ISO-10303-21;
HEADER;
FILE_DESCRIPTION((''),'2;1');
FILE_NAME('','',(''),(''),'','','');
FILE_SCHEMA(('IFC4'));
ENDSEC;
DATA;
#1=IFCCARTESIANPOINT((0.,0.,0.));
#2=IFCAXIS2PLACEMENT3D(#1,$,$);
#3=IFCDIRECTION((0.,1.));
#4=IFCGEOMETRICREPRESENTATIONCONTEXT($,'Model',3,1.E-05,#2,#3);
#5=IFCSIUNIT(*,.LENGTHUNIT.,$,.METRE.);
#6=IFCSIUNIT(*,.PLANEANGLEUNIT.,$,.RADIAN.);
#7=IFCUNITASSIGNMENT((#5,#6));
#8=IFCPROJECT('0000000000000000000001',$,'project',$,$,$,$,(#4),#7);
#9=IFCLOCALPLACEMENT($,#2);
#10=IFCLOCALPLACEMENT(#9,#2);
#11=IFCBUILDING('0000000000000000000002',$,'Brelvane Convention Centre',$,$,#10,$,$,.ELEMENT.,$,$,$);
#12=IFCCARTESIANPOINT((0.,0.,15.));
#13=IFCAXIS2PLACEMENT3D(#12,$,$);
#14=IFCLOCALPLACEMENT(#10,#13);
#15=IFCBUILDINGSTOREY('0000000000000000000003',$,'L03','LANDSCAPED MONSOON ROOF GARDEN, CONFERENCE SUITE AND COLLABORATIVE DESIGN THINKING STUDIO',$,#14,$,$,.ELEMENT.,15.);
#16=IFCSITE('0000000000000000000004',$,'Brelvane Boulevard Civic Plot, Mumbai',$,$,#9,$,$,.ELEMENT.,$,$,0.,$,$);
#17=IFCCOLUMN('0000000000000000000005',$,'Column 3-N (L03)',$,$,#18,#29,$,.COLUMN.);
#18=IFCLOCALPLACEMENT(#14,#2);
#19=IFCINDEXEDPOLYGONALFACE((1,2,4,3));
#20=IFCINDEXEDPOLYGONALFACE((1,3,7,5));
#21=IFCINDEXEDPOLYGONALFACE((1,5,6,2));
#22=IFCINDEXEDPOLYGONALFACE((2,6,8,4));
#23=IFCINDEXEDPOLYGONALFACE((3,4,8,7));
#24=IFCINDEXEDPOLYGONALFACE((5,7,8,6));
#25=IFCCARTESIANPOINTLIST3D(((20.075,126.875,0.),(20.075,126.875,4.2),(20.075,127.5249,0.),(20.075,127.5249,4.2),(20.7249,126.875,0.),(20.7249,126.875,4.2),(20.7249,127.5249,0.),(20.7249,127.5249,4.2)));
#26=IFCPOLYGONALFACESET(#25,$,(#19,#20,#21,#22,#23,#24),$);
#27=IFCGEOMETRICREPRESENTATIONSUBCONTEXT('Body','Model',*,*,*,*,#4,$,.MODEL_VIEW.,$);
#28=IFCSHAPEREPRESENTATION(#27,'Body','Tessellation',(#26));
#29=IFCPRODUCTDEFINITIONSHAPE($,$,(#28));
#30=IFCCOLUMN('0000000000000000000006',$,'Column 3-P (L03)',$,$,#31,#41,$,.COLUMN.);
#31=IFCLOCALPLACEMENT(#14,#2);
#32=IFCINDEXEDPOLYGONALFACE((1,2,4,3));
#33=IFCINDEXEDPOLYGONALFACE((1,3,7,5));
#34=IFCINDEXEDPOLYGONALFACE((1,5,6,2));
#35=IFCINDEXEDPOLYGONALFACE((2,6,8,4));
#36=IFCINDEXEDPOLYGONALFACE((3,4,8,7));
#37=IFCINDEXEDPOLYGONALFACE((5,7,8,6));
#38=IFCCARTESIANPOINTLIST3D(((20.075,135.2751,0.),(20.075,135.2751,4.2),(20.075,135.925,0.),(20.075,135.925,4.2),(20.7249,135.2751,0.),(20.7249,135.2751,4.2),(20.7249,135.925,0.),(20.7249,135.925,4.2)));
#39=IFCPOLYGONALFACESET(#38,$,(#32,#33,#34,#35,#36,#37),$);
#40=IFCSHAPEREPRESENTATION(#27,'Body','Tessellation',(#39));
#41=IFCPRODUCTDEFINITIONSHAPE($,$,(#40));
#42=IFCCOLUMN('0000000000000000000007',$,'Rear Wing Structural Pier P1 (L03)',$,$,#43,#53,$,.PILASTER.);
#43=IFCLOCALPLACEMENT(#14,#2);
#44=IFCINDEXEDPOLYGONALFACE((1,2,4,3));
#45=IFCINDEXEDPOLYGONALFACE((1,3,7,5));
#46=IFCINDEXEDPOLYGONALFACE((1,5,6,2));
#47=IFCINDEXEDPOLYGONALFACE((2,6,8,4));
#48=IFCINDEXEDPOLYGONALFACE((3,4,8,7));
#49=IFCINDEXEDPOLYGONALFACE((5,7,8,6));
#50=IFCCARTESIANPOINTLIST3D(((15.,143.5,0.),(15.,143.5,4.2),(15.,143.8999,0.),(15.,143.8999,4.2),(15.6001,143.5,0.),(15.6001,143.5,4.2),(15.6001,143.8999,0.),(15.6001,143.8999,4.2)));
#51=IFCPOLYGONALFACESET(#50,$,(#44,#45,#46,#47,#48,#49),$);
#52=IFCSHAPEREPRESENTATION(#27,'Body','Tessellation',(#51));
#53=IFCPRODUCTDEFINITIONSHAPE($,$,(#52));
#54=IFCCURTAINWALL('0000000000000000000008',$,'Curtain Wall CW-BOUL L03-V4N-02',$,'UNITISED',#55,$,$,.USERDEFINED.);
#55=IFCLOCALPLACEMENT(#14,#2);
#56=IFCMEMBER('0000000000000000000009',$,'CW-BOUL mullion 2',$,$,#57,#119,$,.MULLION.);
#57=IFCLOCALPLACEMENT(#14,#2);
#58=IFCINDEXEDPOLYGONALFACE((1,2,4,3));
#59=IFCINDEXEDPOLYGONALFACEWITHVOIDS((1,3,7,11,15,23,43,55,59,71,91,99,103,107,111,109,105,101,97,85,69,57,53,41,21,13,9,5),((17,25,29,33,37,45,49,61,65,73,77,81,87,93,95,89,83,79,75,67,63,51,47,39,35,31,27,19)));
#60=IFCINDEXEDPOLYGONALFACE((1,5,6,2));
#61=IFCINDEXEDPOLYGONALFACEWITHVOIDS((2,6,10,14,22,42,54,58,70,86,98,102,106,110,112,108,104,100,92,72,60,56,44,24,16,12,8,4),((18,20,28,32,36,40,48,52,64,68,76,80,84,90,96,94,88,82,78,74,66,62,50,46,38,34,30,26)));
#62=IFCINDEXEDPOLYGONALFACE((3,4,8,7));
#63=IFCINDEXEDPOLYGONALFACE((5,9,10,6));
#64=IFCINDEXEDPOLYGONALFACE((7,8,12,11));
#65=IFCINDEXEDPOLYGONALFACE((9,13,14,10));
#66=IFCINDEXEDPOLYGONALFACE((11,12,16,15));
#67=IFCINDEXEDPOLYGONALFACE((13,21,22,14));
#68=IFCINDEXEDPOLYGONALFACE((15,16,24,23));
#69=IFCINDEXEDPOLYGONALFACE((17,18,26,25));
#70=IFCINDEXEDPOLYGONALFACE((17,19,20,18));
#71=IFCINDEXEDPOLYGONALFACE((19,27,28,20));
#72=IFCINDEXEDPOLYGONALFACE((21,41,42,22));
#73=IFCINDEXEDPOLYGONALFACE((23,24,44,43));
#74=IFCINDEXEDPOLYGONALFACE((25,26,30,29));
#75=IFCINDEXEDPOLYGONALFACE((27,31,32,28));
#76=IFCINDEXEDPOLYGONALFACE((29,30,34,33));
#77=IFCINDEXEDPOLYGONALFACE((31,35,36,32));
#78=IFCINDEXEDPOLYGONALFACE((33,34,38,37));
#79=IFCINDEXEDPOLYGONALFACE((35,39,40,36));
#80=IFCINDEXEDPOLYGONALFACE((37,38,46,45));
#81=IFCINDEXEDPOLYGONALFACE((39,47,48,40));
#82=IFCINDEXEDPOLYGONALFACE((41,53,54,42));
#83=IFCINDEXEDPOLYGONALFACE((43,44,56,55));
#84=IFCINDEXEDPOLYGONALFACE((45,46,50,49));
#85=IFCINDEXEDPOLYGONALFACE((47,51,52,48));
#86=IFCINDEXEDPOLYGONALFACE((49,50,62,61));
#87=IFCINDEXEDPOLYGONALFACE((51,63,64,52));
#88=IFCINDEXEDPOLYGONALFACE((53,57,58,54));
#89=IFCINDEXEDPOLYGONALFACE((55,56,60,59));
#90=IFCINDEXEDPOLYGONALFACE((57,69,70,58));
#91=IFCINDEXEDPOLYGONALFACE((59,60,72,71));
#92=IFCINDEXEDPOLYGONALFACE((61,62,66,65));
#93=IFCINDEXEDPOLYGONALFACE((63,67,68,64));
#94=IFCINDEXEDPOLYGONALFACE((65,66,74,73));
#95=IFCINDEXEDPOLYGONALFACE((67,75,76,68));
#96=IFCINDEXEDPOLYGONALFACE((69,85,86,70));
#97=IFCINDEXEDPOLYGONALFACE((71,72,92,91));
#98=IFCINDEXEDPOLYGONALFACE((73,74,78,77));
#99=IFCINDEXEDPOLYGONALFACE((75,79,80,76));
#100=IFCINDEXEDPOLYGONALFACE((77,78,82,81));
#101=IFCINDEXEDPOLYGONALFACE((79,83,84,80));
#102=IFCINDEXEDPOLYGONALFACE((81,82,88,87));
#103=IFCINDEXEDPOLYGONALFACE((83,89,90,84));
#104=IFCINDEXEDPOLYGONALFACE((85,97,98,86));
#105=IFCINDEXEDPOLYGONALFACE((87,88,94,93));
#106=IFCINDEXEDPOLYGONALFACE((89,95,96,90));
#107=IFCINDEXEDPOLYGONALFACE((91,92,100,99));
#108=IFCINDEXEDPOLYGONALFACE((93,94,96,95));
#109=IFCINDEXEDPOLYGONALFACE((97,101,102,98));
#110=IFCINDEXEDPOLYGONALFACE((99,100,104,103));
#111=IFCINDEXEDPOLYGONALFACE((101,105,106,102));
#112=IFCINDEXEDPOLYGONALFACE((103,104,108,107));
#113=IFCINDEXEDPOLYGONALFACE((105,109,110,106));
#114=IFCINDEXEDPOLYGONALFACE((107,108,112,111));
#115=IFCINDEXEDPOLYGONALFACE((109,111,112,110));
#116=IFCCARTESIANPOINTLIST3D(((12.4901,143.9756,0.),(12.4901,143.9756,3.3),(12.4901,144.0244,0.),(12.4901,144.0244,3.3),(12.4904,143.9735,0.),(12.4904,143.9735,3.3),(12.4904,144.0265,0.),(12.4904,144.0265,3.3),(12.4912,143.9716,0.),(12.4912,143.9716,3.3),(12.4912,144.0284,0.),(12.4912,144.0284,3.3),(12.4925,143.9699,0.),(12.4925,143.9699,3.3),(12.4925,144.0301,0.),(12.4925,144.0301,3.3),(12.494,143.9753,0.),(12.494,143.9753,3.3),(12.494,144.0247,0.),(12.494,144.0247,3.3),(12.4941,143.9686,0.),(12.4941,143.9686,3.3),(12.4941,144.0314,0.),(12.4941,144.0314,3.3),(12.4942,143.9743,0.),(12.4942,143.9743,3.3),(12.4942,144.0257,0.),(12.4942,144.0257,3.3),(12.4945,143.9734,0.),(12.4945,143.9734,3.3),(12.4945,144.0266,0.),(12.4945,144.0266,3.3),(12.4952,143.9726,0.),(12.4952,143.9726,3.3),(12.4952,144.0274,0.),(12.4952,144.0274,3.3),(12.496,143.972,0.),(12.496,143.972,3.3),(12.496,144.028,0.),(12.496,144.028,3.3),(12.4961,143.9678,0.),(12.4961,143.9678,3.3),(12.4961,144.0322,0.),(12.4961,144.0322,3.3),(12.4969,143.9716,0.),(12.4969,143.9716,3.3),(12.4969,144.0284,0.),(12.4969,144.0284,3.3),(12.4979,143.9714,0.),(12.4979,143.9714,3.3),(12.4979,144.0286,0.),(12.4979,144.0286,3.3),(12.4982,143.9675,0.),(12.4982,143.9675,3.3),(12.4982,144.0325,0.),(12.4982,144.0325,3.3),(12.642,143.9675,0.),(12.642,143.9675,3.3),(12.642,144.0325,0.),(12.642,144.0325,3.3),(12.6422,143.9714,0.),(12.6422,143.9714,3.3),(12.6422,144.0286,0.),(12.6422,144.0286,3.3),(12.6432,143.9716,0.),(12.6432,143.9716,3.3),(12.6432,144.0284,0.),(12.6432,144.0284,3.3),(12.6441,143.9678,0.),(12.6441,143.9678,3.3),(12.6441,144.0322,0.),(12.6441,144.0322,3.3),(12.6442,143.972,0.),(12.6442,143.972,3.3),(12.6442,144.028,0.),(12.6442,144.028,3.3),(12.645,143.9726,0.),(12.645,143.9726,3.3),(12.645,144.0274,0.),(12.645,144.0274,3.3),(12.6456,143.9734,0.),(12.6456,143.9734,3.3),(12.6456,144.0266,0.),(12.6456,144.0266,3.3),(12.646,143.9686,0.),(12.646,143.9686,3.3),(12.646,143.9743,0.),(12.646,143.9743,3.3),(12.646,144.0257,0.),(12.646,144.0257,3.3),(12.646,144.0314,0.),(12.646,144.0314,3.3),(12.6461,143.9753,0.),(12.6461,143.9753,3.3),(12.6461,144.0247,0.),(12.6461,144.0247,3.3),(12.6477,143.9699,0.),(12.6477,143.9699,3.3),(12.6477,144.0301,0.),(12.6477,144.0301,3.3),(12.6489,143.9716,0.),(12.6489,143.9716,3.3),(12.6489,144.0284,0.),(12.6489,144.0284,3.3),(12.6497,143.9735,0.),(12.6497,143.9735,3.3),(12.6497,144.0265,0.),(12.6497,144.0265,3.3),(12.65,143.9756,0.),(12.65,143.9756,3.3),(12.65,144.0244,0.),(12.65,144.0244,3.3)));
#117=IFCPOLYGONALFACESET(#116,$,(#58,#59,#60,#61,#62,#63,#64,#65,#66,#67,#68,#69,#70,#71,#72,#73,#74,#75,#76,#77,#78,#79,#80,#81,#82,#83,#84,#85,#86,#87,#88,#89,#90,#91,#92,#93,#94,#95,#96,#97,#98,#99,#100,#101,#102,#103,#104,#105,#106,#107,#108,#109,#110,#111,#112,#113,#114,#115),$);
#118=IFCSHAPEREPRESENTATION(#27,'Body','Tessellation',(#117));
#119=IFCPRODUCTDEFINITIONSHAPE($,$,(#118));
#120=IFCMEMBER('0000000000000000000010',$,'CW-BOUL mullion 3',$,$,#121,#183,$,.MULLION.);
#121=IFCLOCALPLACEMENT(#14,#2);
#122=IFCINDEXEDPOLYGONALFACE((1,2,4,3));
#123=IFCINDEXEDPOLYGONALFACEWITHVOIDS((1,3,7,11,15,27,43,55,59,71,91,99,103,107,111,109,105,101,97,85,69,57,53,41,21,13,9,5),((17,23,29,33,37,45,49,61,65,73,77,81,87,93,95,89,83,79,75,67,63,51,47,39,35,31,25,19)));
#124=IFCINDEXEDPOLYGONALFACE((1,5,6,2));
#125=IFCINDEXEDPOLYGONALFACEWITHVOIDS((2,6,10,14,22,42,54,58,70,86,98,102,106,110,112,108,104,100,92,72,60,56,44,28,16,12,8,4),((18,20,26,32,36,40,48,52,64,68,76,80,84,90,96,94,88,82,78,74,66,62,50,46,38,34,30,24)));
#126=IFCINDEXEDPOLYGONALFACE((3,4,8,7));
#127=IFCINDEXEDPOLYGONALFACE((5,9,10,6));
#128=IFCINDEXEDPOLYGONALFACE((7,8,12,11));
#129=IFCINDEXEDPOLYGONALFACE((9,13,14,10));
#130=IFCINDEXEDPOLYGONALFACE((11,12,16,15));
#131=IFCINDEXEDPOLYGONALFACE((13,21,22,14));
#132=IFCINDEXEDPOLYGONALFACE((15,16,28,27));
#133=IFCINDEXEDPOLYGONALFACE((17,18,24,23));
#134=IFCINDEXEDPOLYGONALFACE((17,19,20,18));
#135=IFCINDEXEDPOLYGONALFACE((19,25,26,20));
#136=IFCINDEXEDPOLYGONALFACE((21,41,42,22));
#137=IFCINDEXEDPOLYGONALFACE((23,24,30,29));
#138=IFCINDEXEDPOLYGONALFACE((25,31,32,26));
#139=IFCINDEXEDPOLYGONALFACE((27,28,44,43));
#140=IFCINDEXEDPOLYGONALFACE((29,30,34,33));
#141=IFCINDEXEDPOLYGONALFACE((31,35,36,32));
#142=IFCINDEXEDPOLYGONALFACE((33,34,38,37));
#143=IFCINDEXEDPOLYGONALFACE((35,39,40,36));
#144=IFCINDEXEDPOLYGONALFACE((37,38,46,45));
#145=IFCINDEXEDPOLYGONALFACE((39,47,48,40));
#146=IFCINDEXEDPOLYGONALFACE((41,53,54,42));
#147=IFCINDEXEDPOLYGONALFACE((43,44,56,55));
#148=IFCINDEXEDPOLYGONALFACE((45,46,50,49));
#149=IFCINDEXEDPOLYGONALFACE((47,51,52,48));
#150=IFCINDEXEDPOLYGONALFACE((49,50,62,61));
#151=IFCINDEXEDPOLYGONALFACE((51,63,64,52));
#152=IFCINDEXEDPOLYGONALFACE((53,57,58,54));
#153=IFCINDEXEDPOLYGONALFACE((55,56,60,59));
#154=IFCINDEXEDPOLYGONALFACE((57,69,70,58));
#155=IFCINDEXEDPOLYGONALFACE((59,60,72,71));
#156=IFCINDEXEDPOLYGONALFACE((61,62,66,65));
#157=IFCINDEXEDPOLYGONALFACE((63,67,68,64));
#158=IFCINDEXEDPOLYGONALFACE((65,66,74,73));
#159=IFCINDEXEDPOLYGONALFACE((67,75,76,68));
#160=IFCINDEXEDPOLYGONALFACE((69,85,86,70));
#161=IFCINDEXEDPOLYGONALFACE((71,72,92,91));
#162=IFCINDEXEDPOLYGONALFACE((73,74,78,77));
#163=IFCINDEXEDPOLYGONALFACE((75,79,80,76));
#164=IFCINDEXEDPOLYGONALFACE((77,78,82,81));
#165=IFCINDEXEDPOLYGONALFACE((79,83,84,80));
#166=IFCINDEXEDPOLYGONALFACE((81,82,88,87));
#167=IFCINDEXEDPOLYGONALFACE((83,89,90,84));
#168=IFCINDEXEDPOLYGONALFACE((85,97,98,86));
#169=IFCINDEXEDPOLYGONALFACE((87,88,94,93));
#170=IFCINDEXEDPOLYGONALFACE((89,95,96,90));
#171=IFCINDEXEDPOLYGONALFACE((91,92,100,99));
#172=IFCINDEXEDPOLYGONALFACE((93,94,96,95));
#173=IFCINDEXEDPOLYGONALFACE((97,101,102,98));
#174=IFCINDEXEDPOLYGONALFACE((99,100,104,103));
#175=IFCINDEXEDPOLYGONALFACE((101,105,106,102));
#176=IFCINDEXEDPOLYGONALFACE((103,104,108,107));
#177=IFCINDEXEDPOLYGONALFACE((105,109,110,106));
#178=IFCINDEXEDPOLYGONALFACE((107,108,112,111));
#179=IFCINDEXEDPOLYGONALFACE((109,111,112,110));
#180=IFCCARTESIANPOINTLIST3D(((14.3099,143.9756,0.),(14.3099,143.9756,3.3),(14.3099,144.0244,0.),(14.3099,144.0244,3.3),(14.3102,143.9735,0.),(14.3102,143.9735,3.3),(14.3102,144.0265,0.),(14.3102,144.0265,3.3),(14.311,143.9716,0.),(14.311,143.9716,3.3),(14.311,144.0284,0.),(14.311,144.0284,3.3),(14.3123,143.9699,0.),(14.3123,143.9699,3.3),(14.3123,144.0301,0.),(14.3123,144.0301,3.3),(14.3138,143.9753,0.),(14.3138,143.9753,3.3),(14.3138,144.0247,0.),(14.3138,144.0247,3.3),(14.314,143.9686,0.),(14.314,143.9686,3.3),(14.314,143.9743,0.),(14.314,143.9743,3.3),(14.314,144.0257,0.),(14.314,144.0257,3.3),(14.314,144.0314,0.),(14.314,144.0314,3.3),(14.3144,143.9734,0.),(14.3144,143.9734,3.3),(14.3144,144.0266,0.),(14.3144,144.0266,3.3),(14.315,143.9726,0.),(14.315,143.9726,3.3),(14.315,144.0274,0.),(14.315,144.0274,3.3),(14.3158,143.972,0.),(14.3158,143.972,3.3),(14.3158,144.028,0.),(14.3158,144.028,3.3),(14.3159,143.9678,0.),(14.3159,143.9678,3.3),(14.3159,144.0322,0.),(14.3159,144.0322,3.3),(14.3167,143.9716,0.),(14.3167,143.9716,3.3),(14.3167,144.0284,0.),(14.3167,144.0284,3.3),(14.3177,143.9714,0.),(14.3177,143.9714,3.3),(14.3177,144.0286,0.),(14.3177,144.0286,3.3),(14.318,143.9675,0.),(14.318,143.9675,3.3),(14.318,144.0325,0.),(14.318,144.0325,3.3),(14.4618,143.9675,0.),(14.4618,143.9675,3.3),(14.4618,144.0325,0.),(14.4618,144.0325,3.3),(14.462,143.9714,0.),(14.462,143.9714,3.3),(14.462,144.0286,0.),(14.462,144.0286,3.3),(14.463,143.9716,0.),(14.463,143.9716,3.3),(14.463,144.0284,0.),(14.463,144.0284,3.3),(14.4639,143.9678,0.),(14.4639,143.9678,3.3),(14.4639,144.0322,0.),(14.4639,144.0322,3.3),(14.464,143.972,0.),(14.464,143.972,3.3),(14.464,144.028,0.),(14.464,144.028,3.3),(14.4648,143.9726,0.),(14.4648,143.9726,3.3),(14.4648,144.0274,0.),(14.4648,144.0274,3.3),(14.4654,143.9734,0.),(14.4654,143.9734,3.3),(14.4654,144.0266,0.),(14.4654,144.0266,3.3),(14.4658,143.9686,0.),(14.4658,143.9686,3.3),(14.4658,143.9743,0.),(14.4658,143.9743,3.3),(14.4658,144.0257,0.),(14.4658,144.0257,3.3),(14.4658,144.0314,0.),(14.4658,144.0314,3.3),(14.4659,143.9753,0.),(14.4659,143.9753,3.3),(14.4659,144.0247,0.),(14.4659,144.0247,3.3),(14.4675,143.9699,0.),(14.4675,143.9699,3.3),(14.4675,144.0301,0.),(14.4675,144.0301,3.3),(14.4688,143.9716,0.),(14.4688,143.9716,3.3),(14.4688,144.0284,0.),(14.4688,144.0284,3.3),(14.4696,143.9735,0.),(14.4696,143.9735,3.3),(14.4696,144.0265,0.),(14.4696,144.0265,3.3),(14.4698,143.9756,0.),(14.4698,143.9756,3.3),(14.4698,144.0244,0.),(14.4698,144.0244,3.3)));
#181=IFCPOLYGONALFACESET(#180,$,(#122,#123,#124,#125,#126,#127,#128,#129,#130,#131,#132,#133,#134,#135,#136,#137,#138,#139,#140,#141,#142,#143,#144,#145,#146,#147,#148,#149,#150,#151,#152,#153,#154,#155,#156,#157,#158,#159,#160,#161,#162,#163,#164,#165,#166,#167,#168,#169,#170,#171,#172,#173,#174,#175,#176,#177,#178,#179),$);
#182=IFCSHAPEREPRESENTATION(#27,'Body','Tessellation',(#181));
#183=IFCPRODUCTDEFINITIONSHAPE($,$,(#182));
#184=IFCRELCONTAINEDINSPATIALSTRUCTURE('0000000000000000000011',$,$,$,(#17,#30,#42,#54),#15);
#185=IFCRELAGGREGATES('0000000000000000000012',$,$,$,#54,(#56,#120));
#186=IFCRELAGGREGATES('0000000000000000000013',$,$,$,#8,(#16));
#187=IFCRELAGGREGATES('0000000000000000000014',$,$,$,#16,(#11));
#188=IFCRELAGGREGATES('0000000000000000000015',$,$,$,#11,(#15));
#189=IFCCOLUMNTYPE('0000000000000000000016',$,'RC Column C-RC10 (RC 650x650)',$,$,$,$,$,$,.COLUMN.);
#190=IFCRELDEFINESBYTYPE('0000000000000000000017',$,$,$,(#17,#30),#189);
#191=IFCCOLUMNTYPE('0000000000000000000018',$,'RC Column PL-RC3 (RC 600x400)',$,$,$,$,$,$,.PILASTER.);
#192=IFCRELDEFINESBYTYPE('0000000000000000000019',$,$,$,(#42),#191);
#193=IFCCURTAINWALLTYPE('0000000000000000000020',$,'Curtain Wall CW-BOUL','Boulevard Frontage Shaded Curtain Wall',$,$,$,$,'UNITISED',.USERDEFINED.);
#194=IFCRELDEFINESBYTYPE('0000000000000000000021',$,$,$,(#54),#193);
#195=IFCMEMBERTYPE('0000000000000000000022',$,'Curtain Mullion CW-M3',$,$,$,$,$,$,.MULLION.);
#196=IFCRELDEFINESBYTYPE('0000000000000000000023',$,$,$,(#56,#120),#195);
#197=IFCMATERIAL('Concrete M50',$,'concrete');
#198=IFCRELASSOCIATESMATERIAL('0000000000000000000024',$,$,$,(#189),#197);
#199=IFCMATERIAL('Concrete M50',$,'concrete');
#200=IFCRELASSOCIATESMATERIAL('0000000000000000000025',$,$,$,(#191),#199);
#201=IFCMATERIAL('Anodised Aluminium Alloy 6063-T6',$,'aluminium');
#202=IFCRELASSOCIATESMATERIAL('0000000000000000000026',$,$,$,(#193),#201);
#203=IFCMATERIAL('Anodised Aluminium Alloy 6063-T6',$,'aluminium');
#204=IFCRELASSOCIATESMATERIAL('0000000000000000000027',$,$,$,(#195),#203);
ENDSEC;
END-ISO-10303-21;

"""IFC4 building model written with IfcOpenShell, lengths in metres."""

from ifc_helpers import new_model, si_unit, direction, frame, origin, origin_2d, place, context, subcontext, project, spatial, rectangle, hollow_rectangle, extrude, material, material_profile, profile_set, type_object, element, aggregate, save


model = new_model("IFC4")

# Units and contexts
model_context = context("Model", 3, precision=1e-05, world=origin(), true_north=direction((0.0, 1.0)))
body_context = subcontext(model_context, "Body", "Model", "MODEL_VIEW")
ifc_project = project(units=[si_unit("LENGTHUNIT", "METRE"), si_unit("PLANEANGLEUNIT", "RADIAN")], contexts=[model_context])

# Site, building, storey
site_placement = place(None, origin())
site = spatial("IfcSite", under=ifc_project, at=site_placement, Name="Brelvane Boulevard Civic Plot, Mumbai", CompositionType="ELEMENT", RefElevation=0.0)
building_placement = place(site_placement, origin())
building = spatial("IfcBuilding", under=site, at=building_placement, Name="Brelvane Convention Centre", CompositionType="ELEMENT")
storey_placement = place(building_placement, frame((0.0, 0.0, 15.0)))
storey = spatial("IfcBuildingStorey", under=building, at=storey_placement, Name="L03", Description="LANDSCAPED MONSOON ROOF GARDEN, CONFERENCE SUITE AND COLLABORATIVE DESIGN THINKING STUDIO", CompositionType="ELEMENT", Elevation=15.0)

# Columns
ifc_material_1 = material(Name="Concrete M50", Category="concrete")
ifc_material_profile_1 = material_profile(ifc_material_1, rectangle(XDim=0.6499, YDim=0.6499, at=origin_2d()), Name="RC 650x650")
ifc_profile_set_1 = profile_set([ifc_material_profile_1], Name="Concrete M50")
column_type_1 = type_object("IfcColumnType", Name="RC Column C-RC10 (RC 650x650)", PredefinedType="COLUMN", material=ifc_profile_set_1)
for number, where, z_axis, x_axis, name in (
    (1, (20.3999, 127.2, 0.0), (0.0, 0.0, 1.0), (1.0, 0.0, 0.0), "Column 3-N (L03)"),
    (2, (20.3999, 135.6001, 0.0), (0.0, 0.0, 1.0), (1.0, 0.0, 0.0), "Column 3-P (L03)"),
):
    element("IfcColumn", number, at=place(storey_placement, frame(where, z_axis=z_axis, x_axis=x_axis)), inside=storey, type_object=column_type_1, Name=name, PredefinedType="COLUMN", context=body_context, shape_type="SweptSolid", body=[
        extrude(rectangle(XDim=0.6499, YDim=0.6499, at=origin_2d()), origin(), (0.0, 0.0, 1.0), 4.2),
    ])
ifc_material_2 = material(Name="Concrete M50", Category="concrete")
ifc_material_profile_2 = material_profile(ifc_material_2, rectangle(XDim=0.6001, YDim=0.3999, at=origin_2d()), Name="RC 600x400")
ifc_profile_set_2 = profile_set([ifc_material_profile_2], Name="Concrete M50")
column_type_2 = type_object("IfcColumnType", Name="RC Column PL-RC3 (RC 600x400)", PredefinedType="PILASTER", material=ifc_profile_set_2)
column_placement = place(storey_placement, frame((15.3, 143.7, 0.0), z_axis=(0.0, 0.0, 1.0), x_axis=(1.0, 0.0, 0.0)))
element("IfcColumn", 3, at=column_placement, inside=storey, type_object=column_type_2, Name="Rear Wing Structural Pier P1 (L03)", PredefinedType="PILASTER", context=body_context, shape_type="SweptSolid", body=[
    extrude(rectangle(XDim=0.6001, YDim=0.3999, at=origin_2d()), origin(), (0.0, 0.0, 1.0), 4.2),
])

# Curtain wall, members
ifc_material_3 = material(Name="Anodised Aluminium Alloy 6063-T6", Category="aluminium")
curtain_wall_type = type_object("IfcCurtainWallType", Name="Curtain Wall CW-BOUL", Description="Boulevard Frontage Shaded Curtain Wall", ElementType="UNITISED", PredefinedType="USERDEFINED", material=ifc_material_3)
curtain_wall_placement = place(storey_placement, origin())
curtain_wall = element("IfcCurtainWall", 4, at=curtain_wall_placement, inside=storey, type_object=curtain_wall_type, Name="Curtain Wall CW-BOUL L03-V4N-02", ObjectType="UNITISED", PredefinedType="USERDEFINED")
ifc_material_4 = material(Name="Anodised Aluminium Alloy 6063-T6", Category="aluminium")
ifc_material_profile_3 = material_profile(ifc_material_4, hollow_rectangle(XDim=0.0649, YDim=0.1599, WallThickness=0.0039, InnerFilletRadius=0.0039, OuterFilletRadius=0.0081, at=origin_2d()), Name="ALU-M 160x65x4.0")
ifc_profile_set_3 = profile_set([ifc_material_profile_3], Name="Anodised Aluminium Alloy 6063-T6")
member_type_1 = type_object("IfcMemberType", Name="Curtain Mullion CW-M3", PredefinedType="MULLION", material=ifc_profile_set_3)
member_1_placement = place(storey_placement, frame((12.5701, 144.0, 0.0), z_axis=(0.0, 0.0, 1.0), x_axis=(0.0, 1.0, 0.0)))
member_1 = element("IfcMember", 5, at=member_1_placement, type_object=member_type_1, Name="CW-BOUL mullion 2", PredefinedType="MULLION", context=body_context, shape_type="SweptSolid", body=[
    extrude(hollow_rectangle(XDim=0.0649, YDim=0.1599, WallThickness=0.0039, InnerFilletRadius=0.0039, OuterFilletRadius=0.0081, at=origin_2d()), origin(), (0.0, 0.0, 1.0), 3.3),
])
member_2_placement = place(storey_placement, frame((14.3899, 144.0, 0.0), z_axis=(0.0, 0.0, 1.0), x_axis=(0.0, 1.0, 0.0)))
member_2 = element("IfcMember", 6, at=member_2_placement, type_object=member_type_1, Name="CW-BOUL mullion 3", PredefinedType="MULLION", context=body_context, shape_type="SweptSolid", body=[
    extrude(hollow_rectangle(XDim=0.0649, YDim=0.1599, WallThickness=0.0039, InnerFilletRadius=0.0039, OuterFilletRadius=0.0081, at=origin_2d()), origin(), (0.0, 0.0, 1.0), 3.3),
])

aggregate(curtain_wall, [member_1, member_2])

save(model, "model.ifc")
